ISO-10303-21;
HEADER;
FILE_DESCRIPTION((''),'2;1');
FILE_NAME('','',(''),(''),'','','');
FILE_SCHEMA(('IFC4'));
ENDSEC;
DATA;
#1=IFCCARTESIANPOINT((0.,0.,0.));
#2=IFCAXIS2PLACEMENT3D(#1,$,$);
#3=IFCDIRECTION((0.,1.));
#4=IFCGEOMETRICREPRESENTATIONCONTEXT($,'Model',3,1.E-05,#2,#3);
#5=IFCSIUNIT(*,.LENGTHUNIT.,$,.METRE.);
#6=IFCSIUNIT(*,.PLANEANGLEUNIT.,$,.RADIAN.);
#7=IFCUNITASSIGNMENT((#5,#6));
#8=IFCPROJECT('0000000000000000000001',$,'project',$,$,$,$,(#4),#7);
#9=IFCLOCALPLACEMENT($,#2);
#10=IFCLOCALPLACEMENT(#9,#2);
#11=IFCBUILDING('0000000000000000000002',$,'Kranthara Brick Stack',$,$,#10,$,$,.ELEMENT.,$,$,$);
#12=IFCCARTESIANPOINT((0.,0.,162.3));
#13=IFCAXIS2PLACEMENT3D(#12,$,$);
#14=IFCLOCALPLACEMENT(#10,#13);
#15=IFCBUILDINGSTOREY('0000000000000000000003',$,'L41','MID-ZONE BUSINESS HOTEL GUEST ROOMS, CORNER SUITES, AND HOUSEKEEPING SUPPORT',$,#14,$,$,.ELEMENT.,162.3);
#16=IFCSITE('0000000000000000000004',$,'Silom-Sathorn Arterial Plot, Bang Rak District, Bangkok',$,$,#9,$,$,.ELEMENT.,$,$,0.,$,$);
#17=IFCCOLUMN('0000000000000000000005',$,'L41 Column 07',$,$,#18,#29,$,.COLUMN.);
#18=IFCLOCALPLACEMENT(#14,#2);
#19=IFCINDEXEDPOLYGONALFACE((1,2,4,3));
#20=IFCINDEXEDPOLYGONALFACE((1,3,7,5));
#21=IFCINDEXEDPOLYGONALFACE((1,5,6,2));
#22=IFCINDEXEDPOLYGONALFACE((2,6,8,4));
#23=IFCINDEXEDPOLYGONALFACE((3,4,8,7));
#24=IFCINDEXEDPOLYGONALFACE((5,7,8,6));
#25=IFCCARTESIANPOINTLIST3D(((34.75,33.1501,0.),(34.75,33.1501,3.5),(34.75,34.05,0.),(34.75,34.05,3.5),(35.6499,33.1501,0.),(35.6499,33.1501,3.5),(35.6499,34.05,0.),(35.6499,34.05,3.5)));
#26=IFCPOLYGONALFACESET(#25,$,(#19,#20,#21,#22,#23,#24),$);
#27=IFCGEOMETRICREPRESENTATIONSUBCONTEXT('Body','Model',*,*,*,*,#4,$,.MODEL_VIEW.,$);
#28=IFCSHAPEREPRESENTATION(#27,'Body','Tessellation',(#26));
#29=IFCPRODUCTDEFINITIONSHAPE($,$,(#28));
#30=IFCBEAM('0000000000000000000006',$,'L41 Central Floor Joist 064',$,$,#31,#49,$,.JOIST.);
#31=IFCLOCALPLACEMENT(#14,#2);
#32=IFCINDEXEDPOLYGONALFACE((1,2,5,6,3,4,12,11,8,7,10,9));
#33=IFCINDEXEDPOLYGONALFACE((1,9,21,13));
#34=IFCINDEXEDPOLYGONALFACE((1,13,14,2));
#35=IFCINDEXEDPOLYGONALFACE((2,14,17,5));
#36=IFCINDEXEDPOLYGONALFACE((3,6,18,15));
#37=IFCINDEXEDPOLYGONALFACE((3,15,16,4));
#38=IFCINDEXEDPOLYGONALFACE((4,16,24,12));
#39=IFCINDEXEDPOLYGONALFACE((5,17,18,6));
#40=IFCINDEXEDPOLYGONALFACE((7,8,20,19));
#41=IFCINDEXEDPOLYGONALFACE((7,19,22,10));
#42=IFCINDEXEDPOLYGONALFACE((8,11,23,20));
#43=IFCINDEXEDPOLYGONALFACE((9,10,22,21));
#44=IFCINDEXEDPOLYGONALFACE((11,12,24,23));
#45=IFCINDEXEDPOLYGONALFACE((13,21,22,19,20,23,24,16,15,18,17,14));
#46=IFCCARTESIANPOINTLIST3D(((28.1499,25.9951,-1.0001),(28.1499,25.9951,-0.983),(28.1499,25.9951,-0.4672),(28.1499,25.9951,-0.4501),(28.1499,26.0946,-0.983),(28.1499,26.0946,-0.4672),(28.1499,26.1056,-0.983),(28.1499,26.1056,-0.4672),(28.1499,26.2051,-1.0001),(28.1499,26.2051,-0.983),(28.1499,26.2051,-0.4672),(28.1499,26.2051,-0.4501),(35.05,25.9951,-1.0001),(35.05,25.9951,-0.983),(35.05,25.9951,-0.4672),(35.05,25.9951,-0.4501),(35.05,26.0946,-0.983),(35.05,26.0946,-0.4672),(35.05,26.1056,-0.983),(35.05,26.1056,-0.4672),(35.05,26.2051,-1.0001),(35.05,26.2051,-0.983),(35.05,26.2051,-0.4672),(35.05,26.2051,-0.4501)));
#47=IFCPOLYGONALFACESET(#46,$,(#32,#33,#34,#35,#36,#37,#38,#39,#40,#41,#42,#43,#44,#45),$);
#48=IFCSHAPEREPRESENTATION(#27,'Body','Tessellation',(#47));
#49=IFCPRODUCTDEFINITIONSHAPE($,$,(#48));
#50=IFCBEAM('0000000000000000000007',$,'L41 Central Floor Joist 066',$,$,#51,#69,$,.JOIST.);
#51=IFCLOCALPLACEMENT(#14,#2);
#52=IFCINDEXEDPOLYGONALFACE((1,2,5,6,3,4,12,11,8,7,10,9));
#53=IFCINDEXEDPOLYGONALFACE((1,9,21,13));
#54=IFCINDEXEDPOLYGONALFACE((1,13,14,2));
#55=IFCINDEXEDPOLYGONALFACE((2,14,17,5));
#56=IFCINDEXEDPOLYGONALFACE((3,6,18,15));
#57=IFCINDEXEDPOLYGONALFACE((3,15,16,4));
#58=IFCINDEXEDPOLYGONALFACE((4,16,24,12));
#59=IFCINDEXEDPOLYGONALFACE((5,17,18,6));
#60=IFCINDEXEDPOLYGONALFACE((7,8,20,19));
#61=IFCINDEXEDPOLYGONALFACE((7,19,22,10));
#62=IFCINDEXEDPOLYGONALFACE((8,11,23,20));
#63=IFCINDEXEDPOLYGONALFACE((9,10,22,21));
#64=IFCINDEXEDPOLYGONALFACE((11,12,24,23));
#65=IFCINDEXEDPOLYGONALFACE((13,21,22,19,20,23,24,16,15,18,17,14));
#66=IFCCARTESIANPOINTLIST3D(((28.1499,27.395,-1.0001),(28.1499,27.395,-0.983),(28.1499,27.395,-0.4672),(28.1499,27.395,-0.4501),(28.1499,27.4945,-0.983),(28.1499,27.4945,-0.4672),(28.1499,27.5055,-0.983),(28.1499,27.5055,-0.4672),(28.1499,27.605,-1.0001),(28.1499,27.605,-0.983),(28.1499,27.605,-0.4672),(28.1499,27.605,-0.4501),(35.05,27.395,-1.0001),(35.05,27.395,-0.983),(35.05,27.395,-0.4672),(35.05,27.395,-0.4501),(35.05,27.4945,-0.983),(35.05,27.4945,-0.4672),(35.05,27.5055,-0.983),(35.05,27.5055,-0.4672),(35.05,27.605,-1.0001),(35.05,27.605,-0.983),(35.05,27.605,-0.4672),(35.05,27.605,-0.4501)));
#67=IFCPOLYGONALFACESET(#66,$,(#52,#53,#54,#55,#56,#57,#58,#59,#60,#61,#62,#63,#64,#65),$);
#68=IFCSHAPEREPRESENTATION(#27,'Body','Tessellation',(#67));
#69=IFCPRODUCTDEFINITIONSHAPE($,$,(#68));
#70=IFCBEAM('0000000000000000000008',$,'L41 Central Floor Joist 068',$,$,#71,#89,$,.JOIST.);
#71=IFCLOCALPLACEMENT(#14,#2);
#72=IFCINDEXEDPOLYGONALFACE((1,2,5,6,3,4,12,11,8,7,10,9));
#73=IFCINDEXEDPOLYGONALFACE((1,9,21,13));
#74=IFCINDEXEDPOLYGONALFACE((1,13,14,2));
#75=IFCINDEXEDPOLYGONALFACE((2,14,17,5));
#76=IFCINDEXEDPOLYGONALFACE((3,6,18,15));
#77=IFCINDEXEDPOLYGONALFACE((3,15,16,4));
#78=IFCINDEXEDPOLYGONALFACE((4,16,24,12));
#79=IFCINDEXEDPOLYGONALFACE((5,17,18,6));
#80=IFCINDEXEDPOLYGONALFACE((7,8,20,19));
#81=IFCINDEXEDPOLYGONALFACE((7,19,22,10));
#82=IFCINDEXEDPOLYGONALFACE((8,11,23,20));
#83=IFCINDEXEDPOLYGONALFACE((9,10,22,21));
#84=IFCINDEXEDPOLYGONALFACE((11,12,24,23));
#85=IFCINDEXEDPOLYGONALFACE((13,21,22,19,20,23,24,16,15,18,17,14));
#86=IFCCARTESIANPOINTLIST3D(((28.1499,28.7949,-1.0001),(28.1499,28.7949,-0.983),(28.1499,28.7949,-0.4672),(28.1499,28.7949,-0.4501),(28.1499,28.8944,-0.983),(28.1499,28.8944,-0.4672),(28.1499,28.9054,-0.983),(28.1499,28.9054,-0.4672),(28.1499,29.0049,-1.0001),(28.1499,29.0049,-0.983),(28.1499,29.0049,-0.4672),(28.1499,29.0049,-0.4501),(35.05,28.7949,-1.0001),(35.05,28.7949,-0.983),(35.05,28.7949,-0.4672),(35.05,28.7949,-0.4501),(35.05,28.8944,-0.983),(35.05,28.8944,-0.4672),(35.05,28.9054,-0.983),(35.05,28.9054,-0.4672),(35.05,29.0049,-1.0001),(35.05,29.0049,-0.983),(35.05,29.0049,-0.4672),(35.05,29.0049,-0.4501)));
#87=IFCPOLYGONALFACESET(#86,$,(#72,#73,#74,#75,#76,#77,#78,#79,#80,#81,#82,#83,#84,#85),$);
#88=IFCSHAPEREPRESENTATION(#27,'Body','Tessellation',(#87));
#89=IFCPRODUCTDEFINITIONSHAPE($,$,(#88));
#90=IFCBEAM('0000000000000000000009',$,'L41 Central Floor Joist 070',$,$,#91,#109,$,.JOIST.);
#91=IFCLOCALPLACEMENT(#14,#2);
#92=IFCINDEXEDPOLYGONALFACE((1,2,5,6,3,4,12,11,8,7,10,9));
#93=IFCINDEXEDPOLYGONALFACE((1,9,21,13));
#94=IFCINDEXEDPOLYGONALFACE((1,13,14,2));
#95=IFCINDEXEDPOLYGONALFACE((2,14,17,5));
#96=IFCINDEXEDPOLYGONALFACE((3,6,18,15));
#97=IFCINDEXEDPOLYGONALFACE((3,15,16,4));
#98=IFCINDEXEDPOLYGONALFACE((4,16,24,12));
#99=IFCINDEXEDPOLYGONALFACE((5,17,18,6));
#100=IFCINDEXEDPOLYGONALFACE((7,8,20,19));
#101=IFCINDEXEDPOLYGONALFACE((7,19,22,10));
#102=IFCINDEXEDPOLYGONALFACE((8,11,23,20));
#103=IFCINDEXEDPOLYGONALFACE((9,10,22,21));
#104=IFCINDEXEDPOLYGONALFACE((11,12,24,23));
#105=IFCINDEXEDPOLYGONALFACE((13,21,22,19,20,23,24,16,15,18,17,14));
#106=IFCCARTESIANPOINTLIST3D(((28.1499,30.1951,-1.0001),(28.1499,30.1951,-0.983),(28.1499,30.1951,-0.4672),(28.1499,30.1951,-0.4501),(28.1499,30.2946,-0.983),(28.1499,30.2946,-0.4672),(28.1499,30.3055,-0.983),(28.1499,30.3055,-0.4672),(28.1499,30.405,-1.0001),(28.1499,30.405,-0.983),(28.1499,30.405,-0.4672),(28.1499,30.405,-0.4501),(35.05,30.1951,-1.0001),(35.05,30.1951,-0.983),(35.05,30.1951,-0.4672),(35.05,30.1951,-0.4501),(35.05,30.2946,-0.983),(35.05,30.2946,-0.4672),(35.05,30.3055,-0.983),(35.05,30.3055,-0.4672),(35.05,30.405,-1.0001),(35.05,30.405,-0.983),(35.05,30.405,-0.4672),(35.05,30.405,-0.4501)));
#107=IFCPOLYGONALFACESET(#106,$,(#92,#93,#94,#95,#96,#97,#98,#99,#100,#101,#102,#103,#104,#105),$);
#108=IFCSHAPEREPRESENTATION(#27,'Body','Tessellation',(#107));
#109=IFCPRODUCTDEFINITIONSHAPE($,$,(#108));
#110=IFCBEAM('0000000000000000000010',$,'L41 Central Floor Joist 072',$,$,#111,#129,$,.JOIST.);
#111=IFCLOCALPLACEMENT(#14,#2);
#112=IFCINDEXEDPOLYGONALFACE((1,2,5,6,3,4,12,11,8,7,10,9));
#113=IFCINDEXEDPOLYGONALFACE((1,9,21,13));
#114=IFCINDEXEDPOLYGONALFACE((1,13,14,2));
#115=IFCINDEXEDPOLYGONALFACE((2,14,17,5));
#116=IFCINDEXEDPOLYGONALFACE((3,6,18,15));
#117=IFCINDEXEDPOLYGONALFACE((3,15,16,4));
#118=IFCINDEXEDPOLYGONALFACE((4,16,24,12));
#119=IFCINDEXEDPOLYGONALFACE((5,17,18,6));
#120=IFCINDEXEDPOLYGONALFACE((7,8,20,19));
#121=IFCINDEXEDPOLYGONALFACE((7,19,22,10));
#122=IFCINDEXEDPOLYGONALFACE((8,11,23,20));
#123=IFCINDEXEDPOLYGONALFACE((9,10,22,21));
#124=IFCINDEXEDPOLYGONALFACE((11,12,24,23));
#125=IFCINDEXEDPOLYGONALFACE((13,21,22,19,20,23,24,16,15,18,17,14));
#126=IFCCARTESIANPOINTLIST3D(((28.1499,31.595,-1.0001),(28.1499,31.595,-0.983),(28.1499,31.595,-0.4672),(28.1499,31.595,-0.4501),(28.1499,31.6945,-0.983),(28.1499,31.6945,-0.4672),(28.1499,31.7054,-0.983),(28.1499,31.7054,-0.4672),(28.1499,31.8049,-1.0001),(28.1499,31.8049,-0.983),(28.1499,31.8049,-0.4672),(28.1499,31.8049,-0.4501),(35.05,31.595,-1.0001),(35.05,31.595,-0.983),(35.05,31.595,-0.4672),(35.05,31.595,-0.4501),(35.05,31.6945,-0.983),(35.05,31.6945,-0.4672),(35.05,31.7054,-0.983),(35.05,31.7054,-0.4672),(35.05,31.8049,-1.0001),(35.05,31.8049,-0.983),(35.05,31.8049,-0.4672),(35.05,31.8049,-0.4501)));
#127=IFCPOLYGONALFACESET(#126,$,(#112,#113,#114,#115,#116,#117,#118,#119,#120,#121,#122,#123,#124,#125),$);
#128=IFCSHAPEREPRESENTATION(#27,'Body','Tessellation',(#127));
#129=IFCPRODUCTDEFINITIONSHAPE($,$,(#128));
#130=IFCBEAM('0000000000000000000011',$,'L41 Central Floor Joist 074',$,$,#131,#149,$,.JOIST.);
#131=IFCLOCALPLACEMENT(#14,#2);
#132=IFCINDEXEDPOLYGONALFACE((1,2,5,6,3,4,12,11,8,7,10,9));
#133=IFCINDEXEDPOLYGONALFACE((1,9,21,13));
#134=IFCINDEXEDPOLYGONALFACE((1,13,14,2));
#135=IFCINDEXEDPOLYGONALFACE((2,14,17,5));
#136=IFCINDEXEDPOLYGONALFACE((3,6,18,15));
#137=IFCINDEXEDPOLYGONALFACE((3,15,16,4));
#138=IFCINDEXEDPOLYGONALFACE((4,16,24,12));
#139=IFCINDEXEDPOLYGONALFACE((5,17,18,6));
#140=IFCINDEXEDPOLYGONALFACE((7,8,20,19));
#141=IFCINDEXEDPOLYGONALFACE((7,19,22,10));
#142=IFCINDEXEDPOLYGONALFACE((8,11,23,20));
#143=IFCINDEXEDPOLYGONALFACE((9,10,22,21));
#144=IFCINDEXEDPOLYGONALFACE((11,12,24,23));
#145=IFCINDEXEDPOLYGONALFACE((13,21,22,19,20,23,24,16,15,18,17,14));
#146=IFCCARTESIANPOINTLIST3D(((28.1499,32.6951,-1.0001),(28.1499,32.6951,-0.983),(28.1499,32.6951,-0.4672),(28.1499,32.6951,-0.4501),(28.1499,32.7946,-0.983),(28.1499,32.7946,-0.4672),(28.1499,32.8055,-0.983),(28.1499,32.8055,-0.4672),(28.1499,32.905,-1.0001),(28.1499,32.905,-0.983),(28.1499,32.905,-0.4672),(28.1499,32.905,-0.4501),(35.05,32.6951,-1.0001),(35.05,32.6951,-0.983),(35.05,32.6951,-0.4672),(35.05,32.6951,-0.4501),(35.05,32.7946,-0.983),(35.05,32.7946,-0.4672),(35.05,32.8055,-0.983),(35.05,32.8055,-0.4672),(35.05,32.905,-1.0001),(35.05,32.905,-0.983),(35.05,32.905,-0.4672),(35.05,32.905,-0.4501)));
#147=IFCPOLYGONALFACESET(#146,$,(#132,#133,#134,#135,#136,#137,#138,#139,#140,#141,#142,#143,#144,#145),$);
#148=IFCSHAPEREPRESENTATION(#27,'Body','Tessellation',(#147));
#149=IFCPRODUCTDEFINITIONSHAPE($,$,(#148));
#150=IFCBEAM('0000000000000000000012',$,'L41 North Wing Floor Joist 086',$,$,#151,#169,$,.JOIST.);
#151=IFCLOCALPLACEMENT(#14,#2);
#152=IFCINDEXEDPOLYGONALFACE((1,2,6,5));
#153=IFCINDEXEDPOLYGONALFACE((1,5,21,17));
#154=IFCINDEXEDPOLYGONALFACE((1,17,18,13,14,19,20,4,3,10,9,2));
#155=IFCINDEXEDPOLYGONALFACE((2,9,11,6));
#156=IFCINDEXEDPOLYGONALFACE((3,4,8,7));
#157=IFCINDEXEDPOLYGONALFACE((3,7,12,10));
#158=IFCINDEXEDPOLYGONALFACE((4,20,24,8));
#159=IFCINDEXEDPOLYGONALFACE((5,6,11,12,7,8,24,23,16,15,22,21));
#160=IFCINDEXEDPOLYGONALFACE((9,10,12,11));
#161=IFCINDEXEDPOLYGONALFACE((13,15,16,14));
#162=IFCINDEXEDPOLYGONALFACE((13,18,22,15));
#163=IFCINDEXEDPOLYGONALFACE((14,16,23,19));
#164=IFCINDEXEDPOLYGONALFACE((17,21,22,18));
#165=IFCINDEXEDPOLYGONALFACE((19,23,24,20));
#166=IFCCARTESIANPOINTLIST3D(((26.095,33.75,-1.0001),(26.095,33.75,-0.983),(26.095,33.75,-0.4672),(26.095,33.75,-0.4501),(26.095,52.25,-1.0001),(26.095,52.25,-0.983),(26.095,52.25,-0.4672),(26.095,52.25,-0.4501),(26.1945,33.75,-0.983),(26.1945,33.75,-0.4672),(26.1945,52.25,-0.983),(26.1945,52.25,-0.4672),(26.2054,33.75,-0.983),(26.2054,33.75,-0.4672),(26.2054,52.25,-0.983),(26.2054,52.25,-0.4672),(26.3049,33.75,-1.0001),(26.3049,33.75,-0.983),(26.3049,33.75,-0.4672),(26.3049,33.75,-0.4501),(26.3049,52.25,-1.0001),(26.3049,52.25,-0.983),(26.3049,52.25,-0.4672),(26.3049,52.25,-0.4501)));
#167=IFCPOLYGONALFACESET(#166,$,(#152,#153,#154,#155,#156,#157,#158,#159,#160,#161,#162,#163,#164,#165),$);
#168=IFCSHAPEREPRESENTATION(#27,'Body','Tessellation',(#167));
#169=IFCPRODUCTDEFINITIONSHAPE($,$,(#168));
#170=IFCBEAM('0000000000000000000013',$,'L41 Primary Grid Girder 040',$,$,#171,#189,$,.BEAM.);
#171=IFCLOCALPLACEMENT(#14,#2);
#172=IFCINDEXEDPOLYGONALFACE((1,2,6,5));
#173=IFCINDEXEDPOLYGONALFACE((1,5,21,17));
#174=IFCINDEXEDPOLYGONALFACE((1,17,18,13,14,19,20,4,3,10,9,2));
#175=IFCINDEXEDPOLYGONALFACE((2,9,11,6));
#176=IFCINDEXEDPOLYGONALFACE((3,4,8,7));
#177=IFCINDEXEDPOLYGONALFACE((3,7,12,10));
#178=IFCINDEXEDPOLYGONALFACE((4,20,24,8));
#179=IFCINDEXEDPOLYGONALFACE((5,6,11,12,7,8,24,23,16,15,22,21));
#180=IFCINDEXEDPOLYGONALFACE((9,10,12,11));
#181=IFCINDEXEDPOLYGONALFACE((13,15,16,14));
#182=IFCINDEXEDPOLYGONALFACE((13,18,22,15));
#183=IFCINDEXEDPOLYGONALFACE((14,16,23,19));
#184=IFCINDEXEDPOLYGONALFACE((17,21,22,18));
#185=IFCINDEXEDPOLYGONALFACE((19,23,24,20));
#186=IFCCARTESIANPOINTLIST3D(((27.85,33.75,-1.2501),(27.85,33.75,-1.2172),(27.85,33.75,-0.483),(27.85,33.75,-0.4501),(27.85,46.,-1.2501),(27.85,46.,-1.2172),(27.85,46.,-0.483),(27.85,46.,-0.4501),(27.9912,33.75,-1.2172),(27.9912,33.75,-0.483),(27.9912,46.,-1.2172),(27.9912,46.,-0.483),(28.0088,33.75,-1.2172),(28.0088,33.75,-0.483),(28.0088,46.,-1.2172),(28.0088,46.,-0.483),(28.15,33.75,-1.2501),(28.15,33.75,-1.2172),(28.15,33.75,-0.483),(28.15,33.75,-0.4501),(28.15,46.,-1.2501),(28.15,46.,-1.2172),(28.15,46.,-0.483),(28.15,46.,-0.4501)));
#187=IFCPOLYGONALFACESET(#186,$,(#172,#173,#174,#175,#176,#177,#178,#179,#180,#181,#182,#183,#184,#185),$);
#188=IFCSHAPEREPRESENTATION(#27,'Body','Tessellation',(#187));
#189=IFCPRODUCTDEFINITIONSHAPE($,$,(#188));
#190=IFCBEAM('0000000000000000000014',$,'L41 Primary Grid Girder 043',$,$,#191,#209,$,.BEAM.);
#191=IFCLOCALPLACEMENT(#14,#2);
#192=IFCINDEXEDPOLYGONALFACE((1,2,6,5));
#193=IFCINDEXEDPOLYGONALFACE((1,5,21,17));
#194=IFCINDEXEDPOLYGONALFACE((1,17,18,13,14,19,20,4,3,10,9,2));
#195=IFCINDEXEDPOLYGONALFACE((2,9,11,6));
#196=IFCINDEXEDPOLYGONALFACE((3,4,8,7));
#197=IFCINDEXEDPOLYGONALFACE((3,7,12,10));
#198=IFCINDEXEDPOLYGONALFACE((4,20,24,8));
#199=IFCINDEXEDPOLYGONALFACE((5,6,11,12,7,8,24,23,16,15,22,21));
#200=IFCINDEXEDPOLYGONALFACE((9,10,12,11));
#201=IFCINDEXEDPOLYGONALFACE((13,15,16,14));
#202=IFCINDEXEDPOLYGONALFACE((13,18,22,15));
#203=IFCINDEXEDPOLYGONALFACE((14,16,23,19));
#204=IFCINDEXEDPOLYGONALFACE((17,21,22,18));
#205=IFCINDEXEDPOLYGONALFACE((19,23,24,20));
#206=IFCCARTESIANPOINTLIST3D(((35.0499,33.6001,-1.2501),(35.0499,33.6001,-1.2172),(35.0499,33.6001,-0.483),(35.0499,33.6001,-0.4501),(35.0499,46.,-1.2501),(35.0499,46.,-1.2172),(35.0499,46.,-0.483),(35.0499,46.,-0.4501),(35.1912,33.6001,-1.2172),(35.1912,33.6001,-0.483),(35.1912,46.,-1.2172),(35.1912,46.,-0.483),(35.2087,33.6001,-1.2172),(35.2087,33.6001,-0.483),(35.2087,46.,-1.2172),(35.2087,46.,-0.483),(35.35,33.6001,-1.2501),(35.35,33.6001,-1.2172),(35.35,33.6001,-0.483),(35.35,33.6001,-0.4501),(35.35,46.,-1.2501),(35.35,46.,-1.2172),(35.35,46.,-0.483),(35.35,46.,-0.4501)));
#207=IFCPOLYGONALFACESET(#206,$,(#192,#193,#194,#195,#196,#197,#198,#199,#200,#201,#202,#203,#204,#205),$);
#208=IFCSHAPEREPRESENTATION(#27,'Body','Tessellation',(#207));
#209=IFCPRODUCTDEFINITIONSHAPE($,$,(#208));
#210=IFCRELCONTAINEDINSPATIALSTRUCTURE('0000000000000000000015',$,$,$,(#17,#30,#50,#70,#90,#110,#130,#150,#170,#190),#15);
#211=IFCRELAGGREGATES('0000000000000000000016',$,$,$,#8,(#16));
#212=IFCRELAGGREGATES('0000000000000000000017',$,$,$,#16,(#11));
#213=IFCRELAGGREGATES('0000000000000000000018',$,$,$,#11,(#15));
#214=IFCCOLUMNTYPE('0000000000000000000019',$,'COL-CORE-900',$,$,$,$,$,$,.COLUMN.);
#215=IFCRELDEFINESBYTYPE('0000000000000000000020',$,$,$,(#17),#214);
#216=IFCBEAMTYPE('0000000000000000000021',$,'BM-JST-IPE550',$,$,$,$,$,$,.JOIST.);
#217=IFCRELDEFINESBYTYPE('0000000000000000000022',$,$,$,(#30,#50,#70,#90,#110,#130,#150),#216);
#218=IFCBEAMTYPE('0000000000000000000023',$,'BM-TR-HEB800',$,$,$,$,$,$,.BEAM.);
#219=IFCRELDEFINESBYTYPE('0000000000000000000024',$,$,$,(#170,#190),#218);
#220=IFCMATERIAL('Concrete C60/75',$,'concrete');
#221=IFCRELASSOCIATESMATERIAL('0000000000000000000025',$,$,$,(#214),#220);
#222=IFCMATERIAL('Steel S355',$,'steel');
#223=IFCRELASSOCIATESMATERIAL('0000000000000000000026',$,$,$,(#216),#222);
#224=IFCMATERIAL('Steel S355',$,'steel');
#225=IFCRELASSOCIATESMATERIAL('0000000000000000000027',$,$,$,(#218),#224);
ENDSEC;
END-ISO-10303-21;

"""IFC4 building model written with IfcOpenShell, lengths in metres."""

from ifc_helpers import new_model, si_unit, direction, frame, origin, origin_2d, place, context, subcontext, project, spatial, rectangle, i_section, extrude, material, material_profile, profile_set, type_object, element, save


model = new_model("IFC4")

# Units and contexts
model_context = context("Model", 3, precision=1e-05, world=origin(), true_north=direction((0.0, 1.0)))
body_context = subcontext(model_context, "Body", "Model", "MODEL_VIEW")
ifc_project = project(units=[si_unit("LENGTHUNIT", "METRE"), si_unit("PLANEANGLEUNIT", "RADIAN")], contexts=[model_context])

# Site, building, storey
site_placement = place(None, origin())
site = spatial("IfcSite", under=ifc_project, at=site_placement, Name="Silom-Sathorn Arterial Plot, Bang Rak District, Bangkok", CompositionType="ELEMENT", RefElevation=0.0)
building_placement = place(site_placement, origin())
building = spatial("IfcBuilding", under=site, at=building_placement, Name="Kranthara Brick Stack", CompositionType="ELEMENT")
storey_placement = place(building_placement, frame((0.0, 0.0, 162.3)))
storey = spatial("IfcBuildingStorey", under=building, at=storey_placement, Name="L41", Description="MID-ZONE BUSINESS HOTEL GUEST ROOMS, CORNER SUITES, AND HOUSEKEEPING SUPPORT", CompositionType="ELEMENT", Elevation=162.3)

# Column
ifc_material_1 = material(Name="Concrete C60/75", Category="concrete")
ifc_material_profile_1 = material_profile(ifc_material_1, rectangle(XDim=0.8999, YDim=0.8999, at=origin_2d()), Name="RC 900x900")
ifc_profile_set_1 = profile_set([ifc_material_profile_1], Name="Concrete C60/75")
column_type = type_object("IfcColumnType", Name="COL-CORE-900", PredefinedType="COLUMN", material=ifc_profile_set_1)
column_placement = place(storey_placement, frame((35.2, 33.6001, 0.0), z_axis=(0.0, 0.0, 1.0), x_axis=(1.0, 0.0, 0.0)))
element("IfcColumn", 1, at=column_placement, inside=storey, type_object=column_type, Name="L41 Column 07", PredefinedType="COLUMN", context=body_context, shape_type="SweptSolid", body=[
    extrude(rectangle(XDim=0.8999, YDim=0.8999, at=origin_2d()), origin(), (0.0, 0.0, 1.0), 3.5),
])

# Beams
ifc_material_2 = material(Name="Steel S355", Category="steel")
ifc_material_profile_2 = material_profile(ifc_material_2, i_section(OverallWidth=0.21, OverallDepth=0.55, WebThickness=0.011, FlangeThickness=0.0171, at=origin_2d()), Name="IPE 550")
ifc_profile_set_2 = profile_set([ifc_material_profile_2], Name="Steel S355")
beam_type_1 = type_object("IfcBeamType", Name="BM-JST-IPE550", PredefinedType="JOIST", material=ifc_profile_set_2)
for number, where, z_axis, x_axis, name in (
    (2, (28.1499, 26.1001, -0.7251), (1.0, 0.0, 0.0), (0.0, 1.0, 0.0), "L41 Central Floor Joist 064"),
    (3, (28.1499, 27.5, -0.7251), (1.0, 0.0, 0.0), (0.0, 1.0, 0.0), "L41 Central Floor Joist 066"),
    (4, (28.1499, 28.8999, -0.7251), (1.0, 0.0, 0.0), (0.0, 1.0, 0.0), "L41 Central Floor Joist 068"),
    (5, (28.1499, 30.3, -0.7251), (1.0, 0.0, 0.0), (0.0, 1.0, 0.0), "L41 Central Floor Joist 070"),
    (6, (28.1499, 31.7, -0.7251), (1.0, 0.0, 0.0), (0.0, 1.0, 0.0), "L41 Central Floor Joist 072"),
    (7, (28.1499, 32.8, -0.7251), (1.0, 0.0, 0.0), (0.0, 1.0, 0.0), "L41 Central Floor Joist 074"),
):
    element("IfcBeam", number, at=place(storey_placement, frame(where, z_axis=z_axis, x_axis=x_axis)), inside=storey, type_object=beam_type_1, Name=name, PredefinedType="JOIST", context=body_context, shape_type="SweptSolid", body=[
        extrude(i_section(OverallWidth=0.21, OverallDepth=0.55, WebThickness=0.011, FlangeThickness=0.0171, at=origin_2d()), origin(), (0.0, 0.0, 1.0), 6.9001),
    ])
beam_1_placement = place(storey_placement, frame((26.2, 33.75, -0.7251), z_axis=(0.0, 1.0, 0.0), x_axis=(-1.0, 0.0, 0.0)))
element("IfcBeam", 8, at=beam_1_placement, inside=storey, type_object=beam_type_1, Name="L41 North Wing Floor Joist 086", PredefinedType="JOIST", context=body_context, shape_type="SweptSolid", body=[
    extrude(i_section(OverallWidth=0.21, OverallDepth=0.55, WebThickness=0.011, FlangeThickness=0.0171, at=origin_2d()), origin(), (0.0, 0.0, 1.0), 18.5),
])
ifc_material_3 = material(Name="Steel S355", Category="steel")
ifc_material_profile_3 = material_profile(ifc_material_3, i_section(OverallWidth=0.3, OverallDepth=0.8, WebThickness=0.0176, FlangeThickness=0.033, at=origin_2d()), Name="HEB 800")
ifc_profile_set_3 = profile_set([ifc_material_profile_3], Name="Steel S355")
beam_type_2 = type_object("IfcBeamType", Name="BM-TR-HEB800", PredefinedType="BEAM", material=ifc_profile_set_3)
beam_2_placement = place(storey_placement, frame((28.0, 33.75, -0.8501), z_axis=(0.0, 1.0, 0.0), x_axis=(-1.0, 0.0, 0.0)))
element("IfcBeam", 9, at=beam_2_placement, inside=storey, type_object=beam_type_2, Name="L41 Primary Grid Girder 040", PredefinedType="BEAM", context=body_context, shape_type="SweptSolid", body=[
    extrude(i_section(OverallWidth=0.3, OverallDepth=0.8, WebThickness=0.0176, FlangeThickness=0.033, at=origin_2d()), origin(), (0.0, 0.0, 1.0), 12.25),
])
beam_3_placement = place(storey_placement, frame((35.2, 33.6001, -0.8501), z_axis=(0.0, 1.0, 0.0), x_axis=(-1.0, 0.0, 0.0)))
element("IfcBeam", 10, at=beam_3_placement, inside=storey, type_object=beam_type_2, Name="L41 Primary Grid Girder 043", PredefinedType="BEAM", context=body_context, shape_type="SweptSolid", body=[
    extrude(i_section(OverallWidth=0.3, OverallDepth=0.8, WebThickness=0.0176, FlangeThickness=0.033, at=origin_2d()), origin(), (0.0, 0.0, 1.0), 12.3999),
])

save(model, "model.ifc")
